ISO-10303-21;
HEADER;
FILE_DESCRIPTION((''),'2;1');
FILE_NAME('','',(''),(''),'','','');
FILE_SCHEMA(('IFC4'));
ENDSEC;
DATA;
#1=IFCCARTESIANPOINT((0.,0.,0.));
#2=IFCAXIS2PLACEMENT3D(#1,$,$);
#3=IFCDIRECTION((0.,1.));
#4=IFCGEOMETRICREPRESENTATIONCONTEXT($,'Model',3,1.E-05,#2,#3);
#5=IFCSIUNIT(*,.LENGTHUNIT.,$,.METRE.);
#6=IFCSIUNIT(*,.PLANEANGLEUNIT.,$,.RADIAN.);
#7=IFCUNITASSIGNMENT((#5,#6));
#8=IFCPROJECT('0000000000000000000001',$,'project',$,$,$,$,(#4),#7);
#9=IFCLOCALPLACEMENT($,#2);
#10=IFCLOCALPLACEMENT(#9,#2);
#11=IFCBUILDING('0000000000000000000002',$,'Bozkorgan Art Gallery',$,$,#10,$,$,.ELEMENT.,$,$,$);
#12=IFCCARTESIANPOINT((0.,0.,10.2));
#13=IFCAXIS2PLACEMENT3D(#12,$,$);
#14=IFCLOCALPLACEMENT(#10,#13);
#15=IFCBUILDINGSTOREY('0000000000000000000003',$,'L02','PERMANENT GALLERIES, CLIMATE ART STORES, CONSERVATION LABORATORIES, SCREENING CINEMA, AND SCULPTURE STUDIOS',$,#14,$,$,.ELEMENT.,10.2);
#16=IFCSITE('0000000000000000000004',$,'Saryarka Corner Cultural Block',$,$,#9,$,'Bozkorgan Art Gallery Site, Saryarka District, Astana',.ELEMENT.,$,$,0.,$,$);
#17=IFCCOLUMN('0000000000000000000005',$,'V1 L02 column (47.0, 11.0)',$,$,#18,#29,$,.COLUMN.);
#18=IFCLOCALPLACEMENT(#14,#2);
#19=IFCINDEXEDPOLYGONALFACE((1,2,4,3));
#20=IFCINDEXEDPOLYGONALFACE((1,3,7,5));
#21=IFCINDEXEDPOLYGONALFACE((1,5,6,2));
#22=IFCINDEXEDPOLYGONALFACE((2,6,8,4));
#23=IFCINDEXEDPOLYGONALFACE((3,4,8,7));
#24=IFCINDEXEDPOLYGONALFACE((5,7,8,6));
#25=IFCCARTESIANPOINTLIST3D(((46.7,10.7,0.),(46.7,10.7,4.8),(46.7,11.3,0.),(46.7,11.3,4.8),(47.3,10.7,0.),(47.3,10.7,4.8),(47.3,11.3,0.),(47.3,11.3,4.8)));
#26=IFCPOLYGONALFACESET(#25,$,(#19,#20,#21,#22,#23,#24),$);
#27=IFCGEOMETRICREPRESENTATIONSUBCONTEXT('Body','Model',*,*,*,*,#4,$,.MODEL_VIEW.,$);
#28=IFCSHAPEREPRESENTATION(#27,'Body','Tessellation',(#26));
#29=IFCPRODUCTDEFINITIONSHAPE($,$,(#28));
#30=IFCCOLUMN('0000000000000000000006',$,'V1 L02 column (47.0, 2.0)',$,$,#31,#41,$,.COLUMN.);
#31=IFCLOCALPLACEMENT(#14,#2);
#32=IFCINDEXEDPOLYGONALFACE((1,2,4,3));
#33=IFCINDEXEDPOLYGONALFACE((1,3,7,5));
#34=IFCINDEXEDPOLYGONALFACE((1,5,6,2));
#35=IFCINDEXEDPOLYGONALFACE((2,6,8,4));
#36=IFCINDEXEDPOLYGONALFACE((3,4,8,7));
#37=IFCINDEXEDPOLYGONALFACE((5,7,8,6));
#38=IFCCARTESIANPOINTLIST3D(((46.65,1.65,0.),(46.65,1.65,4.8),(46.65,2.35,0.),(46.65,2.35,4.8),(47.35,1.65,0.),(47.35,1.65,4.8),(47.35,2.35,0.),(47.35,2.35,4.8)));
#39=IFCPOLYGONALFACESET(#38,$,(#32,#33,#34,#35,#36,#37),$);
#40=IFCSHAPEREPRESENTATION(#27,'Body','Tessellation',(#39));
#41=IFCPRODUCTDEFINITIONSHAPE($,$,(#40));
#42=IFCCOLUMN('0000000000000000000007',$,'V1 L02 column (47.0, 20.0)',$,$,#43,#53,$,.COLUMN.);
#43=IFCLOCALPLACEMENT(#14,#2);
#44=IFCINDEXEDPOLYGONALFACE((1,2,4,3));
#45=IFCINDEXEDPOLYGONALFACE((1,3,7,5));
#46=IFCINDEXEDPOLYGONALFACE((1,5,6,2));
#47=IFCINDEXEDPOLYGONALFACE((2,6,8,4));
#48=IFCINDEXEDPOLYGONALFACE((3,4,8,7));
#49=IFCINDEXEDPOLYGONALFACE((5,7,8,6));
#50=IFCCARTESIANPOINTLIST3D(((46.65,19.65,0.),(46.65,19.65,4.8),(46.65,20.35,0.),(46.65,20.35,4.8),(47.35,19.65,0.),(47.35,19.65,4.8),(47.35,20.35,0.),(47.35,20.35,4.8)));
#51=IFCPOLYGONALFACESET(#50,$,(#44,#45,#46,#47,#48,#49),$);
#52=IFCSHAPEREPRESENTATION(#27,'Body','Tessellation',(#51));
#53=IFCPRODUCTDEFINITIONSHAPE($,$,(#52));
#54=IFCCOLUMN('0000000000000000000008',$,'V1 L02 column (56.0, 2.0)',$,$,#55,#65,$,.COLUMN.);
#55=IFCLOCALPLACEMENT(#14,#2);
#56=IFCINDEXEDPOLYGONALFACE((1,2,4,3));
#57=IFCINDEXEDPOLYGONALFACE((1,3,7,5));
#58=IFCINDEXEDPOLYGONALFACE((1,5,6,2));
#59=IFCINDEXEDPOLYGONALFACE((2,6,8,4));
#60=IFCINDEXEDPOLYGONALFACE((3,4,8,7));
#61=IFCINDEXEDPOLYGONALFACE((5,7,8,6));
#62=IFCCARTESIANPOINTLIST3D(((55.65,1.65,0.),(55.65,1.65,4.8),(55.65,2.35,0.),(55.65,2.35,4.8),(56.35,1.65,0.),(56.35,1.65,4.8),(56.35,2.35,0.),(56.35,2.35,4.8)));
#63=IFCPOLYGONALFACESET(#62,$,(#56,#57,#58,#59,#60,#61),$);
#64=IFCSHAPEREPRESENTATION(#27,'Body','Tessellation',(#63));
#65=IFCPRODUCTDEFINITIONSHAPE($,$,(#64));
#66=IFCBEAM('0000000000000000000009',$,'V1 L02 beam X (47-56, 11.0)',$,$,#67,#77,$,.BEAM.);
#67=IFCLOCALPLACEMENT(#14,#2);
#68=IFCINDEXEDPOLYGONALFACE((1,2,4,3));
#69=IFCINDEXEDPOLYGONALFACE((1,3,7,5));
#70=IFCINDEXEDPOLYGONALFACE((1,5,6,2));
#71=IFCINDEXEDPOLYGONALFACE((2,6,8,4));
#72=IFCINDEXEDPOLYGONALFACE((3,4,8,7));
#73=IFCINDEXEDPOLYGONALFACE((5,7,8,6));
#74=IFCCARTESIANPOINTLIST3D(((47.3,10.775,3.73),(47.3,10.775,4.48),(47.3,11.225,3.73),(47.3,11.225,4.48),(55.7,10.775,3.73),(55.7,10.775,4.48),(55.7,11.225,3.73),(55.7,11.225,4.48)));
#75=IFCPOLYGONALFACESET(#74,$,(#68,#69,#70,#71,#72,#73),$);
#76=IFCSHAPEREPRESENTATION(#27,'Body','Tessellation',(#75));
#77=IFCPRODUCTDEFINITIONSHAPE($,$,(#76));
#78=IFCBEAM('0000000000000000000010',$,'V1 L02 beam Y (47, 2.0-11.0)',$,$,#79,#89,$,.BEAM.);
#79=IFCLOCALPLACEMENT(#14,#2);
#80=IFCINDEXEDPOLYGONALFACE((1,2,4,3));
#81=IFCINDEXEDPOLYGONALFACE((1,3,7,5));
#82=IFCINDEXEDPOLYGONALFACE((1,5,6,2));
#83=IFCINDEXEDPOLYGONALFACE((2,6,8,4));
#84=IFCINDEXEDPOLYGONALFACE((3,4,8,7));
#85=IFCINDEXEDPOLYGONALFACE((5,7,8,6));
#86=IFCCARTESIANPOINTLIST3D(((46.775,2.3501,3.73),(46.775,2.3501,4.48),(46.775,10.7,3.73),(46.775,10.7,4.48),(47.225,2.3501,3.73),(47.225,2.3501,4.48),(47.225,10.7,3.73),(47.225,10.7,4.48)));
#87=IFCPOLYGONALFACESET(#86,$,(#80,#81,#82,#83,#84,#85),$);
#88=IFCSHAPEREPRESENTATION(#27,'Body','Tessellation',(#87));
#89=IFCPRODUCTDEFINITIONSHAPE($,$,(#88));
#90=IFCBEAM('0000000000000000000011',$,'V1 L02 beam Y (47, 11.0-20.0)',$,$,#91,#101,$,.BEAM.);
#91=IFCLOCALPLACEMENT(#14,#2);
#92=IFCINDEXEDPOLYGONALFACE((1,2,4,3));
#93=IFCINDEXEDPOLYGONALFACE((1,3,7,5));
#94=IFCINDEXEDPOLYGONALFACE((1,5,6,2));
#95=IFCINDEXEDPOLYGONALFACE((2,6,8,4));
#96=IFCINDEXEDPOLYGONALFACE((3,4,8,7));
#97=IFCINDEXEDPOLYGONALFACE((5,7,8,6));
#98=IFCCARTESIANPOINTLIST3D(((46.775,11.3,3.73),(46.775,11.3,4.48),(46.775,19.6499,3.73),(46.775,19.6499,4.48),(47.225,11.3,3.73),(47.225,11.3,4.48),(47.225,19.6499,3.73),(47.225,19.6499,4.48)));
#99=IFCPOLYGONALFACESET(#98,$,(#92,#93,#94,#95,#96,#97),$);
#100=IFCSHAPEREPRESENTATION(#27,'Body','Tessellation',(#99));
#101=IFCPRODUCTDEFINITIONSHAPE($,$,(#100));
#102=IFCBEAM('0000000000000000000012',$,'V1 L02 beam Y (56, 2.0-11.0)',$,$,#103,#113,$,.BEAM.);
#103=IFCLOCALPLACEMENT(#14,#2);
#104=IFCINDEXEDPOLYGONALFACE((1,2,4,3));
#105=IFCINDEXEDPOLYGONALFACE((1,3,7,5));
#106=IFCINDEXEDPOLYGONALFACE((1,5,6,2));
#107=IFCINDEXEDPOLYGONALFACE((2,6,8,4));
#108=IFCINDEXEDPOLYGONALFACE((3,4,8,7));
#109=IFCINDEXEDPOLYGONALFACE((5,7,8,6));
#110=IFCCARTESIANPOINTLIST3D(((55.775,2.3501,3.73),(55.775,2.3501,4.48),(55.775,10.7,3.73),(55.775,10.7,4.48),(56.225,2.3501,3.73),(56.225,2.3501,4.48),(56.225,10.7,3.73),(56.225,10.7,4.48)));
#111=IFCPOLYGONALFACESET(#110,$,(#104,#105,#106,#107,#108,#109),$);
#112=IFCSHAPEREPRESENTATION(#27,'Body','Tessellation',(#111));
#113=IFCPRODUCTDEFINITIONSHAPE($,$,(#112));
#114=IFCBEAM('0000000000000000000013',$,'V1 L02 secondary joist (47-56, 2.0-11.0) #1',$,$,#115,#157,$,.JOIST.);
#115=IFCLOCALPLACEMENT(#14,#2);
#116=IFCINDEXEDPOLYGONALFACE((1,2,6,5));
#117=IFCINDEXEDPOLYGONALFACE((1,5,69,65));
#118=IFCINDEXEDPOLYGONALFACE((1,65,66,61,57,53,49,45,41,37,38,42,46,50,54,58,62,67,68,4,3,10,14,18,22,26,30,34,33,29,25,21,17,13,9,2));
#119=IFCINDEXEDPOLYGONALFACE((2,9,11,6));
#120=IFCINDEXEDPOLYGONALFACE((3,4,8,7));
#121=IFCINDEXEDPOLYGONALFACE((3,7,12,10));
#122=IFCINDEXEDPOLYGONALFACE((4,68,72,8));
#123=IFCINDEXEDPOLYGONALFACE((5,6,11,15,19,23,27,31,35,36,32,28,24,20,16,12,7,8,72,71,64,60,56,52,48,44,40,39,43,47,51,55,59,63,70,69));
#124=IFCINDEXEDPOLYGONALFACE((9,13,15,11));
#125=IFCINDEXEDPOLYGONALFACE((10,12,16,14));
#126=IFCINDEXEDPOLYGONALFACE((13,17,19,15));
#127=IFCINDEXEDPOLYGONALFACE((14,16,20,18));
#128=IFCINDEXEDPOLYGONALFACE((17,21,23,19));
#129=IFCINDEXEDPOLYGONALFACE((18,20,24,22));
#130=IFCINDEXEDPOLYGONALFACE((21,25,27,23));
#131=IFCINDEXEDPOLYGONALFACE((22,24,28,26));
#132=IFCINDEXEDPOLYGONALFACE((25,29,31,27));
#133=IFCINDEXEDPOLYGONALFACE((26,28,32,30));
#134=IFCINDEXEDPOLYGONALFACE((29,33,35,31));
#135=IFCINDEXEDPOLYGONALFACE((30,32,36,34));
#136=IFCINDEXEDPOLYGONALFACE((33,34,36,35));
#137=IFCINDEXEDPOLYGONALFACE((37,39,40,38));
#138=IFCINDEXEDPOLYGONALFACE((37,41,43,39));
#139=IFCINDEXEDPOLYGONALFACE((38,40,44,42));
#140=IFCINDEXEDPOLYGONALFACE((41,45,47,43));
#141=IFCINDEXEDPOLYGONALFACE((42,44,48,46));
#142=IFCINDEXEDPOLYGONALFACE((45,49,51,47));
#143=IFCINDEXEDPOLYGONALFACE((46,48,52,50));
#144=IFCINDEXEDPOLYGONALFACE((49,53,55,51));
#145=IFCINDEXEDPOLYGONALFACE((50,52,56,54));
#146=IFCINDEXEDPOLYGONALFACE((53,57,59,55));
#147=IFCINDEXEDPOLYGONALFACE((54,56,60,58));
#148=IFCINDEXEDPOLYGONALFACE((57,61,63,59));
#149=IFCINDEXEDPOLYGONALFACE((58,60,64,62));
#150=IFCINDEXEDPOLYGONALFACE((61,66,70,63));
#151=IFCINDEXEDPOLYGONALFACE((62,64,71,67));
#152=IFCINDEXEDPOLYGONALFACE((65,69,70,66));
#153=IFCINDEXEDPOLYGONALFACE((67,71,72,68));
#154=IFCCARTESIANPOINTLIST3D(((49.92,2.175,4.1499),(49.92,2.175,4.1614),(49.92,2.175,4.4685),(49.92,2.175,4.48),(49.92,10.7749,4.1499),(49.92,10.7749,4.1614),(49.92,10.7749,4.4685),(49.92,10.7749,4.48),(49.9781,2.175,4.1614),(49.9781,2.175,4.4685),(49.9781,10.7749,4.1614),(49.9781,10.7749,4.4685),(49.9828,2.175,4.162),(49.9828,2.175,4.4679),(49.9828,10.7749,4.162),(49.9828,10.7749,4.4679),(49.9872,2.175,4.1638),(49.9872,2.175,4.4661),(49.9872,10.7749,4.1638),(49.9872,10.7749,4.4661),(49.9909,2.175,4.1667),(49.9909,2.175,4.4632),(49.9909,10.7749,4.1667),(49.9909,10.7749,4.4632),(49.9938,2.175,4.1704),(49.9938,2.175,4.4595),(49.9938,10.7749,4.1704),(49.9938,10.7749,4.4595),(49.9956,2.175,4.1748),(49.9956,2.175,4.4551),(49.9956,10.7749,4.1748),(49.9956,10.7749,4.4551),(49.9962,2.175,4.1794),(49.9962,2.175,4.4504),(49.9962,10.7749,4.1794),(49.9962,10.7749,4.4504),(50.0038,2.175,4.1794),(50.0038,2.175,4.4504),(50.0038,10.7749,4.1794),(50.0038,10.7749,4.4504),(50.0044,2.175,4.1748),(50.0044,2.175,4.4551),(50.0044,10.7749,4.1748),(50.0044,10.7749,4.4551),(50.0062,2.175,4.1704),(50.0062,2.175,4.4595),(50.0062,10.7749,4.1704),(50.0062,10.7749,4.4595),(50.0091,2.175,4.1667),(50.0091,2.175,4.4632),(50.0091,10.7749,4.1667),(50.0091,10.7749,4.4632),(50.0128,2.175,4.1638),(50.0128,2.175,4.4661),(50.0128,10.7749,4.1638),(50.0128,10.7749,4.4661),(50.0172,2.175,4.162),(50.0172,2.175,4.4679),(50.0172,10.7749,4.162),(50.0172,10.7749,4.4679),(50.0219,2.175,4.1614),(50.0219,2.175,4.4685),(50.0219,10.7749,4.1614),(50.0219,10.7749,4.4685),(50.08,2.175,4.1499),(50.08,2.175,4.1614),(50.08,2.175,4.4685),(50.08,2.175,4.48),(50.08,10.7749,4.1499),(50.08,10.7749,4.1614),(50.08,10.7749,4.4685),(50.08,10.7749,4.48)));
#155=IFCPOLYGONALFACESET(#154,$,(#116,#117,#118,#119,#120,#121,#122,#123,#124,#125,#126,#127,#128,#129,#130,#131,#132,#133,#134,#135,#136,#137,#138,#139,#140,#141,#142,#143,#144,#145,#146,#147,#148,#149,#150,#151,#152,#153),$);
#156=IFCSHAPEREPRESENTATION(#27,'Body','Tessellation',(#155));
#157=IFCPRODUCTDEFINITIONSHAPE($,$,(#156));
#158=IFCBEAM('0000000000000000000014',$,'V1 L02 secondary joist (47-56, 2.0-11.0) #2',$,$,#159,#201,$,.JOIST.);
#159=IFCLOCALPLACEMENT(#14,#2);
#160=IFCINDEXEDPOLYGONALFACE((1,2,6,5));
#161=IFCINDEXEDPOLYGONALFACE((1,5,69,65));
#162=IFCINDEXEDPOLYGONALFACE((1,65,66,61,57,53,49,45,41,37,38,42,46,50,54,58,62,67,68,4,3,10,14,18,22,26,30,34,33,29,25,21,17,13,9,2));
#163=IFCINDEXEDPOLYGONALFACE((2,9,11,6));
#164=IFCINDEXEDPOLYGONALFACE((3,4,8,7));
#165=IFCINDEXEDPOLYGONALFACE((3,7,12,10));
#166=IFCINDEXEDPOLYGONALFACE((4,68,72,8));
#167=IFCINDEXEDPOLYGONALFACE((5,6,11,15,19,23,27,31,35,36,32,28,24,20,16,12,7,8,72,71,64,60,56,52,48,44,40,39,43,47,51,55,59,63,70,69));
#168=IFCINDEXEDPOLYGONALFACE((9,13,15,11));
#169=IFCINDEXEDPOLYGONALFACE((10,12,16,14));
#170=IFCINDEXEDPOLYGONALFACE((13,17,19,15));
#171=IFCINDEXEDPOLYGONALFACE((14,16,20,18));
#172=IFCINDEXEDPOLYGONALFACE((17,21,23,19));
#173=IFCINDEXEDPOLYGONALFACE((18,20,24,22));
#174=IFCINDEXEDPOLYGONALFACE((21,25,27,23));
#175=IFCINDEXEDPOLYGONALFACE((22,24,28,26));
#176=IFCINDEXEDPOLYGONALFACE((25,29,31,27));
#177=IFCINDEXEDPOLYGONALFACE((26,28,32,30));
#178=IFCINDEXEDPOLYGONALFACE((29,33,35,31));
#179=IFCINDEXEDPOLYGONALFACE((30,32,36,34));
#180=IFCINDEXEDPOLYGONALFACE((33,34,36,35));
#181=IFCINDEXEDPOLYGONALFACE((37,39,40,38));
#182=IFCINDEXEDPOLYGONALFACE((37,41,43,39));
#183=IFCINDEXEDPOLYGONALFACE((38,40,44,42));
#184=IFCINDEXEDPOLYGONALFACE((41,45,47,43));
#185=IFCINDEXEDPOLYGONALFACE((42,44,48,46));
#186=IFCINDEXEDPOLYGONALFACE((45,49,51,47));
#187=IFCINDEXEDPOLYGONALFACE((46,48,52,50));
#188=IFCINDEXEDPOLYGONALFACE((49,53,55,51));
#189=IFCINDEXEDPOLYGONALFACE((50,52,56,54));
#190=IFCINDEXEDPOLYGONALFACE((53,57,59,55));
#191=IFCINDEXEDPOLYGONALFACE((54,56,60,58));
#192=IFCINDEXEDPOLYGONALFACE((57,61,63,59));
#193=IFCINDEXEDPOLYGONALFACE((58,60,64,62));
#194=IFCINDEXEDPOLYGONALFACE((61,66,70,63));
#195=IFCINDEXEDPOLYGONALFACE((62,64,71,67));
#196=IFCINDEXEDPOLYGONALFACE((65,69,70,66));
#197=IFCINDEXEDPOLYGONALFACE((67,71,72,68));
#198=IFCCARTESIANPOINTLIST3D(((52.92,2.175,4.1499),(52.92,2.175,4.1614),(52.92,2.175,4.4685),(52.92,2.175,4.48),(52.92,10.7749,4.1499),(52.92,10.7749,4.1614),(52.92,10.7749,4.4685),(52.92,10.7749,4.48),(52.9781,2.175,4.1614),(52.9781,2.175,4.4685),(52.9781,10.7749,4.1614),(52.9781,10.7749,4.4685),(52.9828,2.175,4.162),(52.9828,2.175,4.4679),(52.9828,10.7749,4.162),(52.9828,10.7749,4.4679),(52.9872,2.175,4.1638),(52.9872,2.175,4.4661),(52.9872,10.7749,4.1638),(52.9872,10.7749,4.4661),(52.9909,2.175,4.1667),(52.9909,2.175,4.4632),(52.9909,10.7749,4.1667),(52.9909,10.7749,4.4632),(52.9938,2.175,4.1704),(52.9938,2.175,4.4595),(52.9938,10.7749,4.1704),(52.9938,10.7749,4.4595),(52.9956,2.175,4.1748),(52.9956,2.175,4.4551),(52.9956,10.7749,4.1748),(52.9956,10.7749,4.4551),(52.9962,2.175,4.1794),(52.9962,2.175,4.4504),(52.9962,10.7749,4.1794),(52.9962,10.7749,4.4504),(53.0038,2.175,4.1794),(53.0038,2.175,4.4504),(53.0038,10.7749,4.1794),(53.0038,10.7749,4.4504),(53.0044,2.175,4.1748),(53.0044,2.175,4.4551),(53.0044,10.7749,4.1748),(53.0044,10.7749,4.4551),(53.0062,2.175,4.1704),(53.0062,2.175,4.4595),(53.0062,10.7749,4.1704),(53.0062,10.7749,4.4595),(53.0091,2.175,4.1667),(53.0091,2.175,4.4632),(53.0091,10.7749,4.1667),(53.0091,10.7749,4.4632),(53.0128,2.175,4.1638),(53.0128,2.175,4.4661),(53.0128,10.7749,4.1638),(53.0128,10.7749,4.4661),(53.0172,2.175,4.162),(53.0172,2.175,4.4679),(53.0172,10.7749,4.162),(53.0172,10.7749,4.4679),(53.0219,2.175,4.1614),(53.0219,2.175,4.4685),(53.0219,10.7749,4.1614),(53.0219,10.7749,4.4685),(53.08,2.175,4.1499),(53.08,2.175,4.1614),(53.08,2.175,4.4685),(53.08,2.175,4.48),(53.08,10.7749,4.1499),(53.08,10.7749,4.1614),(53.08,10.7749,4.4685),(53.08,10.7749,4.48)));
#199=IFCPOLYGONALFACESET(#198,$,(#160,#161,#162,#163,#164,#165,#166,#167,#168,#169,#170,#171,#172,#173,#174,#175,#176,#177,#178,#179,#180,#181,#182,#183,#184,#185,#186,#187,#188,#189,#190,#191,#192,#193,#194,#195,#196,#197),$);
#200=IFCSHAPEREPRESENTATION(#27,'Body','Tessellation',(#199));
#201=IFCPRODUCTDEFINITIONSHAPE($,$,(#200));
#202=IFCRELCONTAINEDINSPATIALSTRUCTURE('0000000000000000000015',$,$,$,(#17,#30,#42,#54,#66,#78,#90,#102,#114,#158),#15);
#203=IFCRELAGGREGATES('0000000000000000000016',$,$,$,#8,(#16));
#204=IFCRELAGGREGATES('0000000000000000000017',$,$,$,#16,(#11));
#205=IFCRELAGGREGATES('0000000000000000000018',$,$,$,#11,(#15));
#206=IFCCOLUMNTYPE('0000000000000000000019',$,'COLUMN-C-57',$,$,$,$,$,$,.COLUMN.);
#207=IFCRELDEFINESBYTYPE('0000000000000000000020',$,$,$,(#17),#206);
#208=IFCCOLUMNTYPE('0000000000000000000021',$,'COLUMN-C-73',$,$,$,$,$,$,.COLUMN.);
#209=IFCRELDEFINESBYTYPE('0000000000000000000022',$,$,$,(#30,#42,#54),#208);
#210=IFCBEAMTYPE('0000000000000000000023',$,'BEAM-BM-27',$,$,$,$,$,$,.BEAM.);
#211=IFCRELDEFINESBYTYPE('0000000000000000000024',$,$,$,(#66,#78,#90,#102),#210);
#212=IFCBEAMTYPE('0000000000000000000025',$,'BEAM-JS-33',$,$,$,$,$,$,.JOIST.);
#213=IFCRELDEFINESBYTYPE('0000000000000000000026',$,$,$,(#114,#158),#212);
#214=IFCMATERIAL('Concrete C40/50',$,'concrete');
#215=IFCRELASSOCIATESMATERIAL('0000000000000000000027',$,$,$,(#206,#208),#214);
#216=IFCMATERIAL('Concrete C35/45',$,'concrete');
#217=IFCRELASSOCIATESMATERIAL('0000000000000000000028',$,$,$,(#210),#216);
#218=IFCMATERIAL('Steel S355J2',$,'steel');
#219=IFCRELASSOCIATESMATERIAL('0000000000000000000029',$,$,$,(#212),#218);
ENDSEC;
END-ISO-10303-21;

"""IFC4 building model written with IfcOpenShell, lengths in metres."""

from ifc_helpers import new_model, si_unit, direction, frame, origin, origin_2d, place, context, subcontext, project, spatial, rectangle, i_section, extrude, material, material_profile, profile_set, type_object, element, save


model = new_model("IFC4")

# Units and contexts
model_context = context("Model", 3, precision=1e-05, world=origin(), true_north=direction((0.0, 1.0)))
body_context = subcontext(model_context, "Body", "Model", "MODEL_VIEW")
ifc_project = project(units=[si_unit("LENGTHUNIT", "METRE"), si_unit("PLANEANGLEUNIT", "RADIAN")], contexts=[model_context])

# Site, building, storey
site_placement = place(None, origin())
site = spatial("IfcSite", under=ifc_project, at=site_placement, Name="Saryarka Corner Cultural Block", LongName="Bozkorgan Art Gallery Site, Saryarka District, Astana", CompositionType="ELEMENT", RefElevation=0.0)
building_placement = place(site_placement, origin())
building = spatial("IfcBuilding", under=site, at=building_placement, Name="Bozkorgan Art Gallery", CompositionType="ELEMENT")
storey_placement = place(building_placement, frame((0.0, 0.0, 10.2)))
storey = spatial("IfcBuildingStorey", under=building, at=storey_placement, Name="L02", Description="PERMANENT GALLERIES, CLIMATE ART STORES, CONSERVATION LABORATORIES, SCREENING CINEMA, AND SCULPTURE STUDIOS", CompositionType="ELEMENT", Elevation=10.2)

# Columns
ifc_material_1 = material(Name="Concrete C40/50", Category="concrete")
ifc_material_profile_1 = material_profile(ifc_material_1, rectangle(XDim=0.6001, YDim=0.6001, at=origin_2d()), Name="RC 600x600")
ifc_profile_set_1 = profile_set([ifc_material_profile_1], Name="Concrete C40/50")
column_type_1 = type_object("IfcColumnType", Name="COLUMN-C-57", PredefinedType="COLUMN", material=ifc_profile_set_1)
column_placement = place(storey_placement, frame((47.0, 11.0, 0.0), z_axis=(0.0, 0.0, 1.0), x_axis=(1.0, 0.0, 0.0)))
element("IfcColumn", 1, at=column_placement, inside=storey, type_object=column_type_1, Name="V1 L02 column (47.0, 11.0)", PredefinedType="COLUMN", context=body_context, shape_type="SweptSolid", body=[
    extrude(rectangle(XDim=0.6001, YDim=0.6001, at=origin_2d()), origin(), (0.0, 0.0, 1.0), 4.8),
])
ifc_material_profile_2 = material_profile(ifc_material_1, rectangle(XDim=0.7, YDim=0.7, at=origin_2d()), Name="RC 700x700")
ifc_profile_set_2 = profile_set([ifc_material_profile_2], Name="Concrete C40/50")
column_type_2 = type_object("IfcColumnType", Name="COLUMN-C-73", PredefinedType="COLUMN", material=ifc_profile_set_2)
for number, where, z_axis, x_axis, name in (
    (2, (47.0, 2.0, 0.0), (0.0, 0.0, 1.0), (1.0, 0.0, 0.0), "V1 L02 column (47.0, 2.0)"),
    (3, (47.0, 20.0, 0.0), (0.0, 0.0, 1.0), (1.0, 0.0, 0.0), "V1 L02 column (47.0, 20.0)"),
    (4, (56.0, 2.0, 0.0), (0.0, 0.0, 1.0), (1.0, 0.0, 0.0), "V1 L02 column (56.0, 2.0)"),
):
    element("IfcColumn", number, at=place(storey_placement, frame(where, z_axis=z_axis, x_axis=x_axis)), inside=storey, type_object=column_type_2, Name=name, PredefinedType="COLUMN", context=body_context, shape_type="SweptSolid", body=[
        extrude(rectangle(XDim=0.7, YDim=0.7, at=origin_2d()), origin(), (0.0, 0.0, 1.0), 4.8),
    ])

# Beams
ifc_material_2 = material(Name="Concrete C35/45", Category="concrete")
ifc_material_profile_3 = material_profile(ifc_material_2, rectangle(XDim=0.45, YDim=0.75, at=origin_2d()), Name="RC 450x750")
ifc_profile_set_3 = profile_set([ifc_material_profile_3], Name="Concrete C35/45")
beam_type_1 = type_object("IfcBeamType", Name="BEAM-BM-27", PredefinedType="BEAM", material=ifc_profile_set_3)
beam_placement = place(storey_placement, frame((47.3, 11.0, 4.105), z_axis=(1.0, 0.0, 0.0), x_axis=(0.0, 1.0, 0.0)))
element("IfcBeam", 5, at=beam_placement, inside=storey, type_object=beam_type_1, Name="V1 L02 beam X (47-56, 11.0)", PredefinedType="BEAM", context=body_context, shape_type="SweptSolid", body=[
    extrude(rectangle(XDim=0.45, YDim=0.75, at=origin_2d()), origin(), (0.0, 0.0, 1.0), 8.3999),
])
for number, where, z_axis, x_axis, name in (
    (6, (47.0, 2.3501, 4.105), (0.0, 1.0, 0.0), (-1.0, 0.0, 0.0), "V1 L02 beam Y (47, 2.0-11.0)"),
    (7, (47.0, 11.3, 4.105), (0.0, 1.0, 0.0), (-1.0, 0.0, 0.0), "V1 L02 beam Y (47, 11.0-20.0)"),
    (8, (56.0, 2.3501, 4.105), (0.0, 1.0, 0.0), (-1.0, 0.0, 0.0), "V1 L02 beam Y (56, 2.0-11.0)"),
):
    element("IfcBeam", number, at=place(storey_placement, frame(where, z_axis=z_axis, x_axis=x_axis)), inside=storey, type_object=beam_type_1, Name=name, PredefinedType="BEAM", context=body_context, shape_type="SweptSolid", body=[
        extrude(rectangle(XDim=0.45, YDim=0.75, at=origin_2d()), origin(), (0.0, 0.0, 1.0), 8.3499),
    ])
ifc_material_3 = material(Name="Steel S355J2", Category="steel")
ifc_material_profile_4 = material_profile(ifc_material_3, i_section(OverallWidth=0.1599, OverallDepth=0.3301, WebThickness=0.0076, FlangeThickness=0.0115, FilletRadius=0.0181, at=origin_2d()), Name="IPE 330")
ifc_profile_set_4 = profile_set([ifc_material_profile_4], Name="Steel S355J2")
beam_type_2 = type_object("IfcBeamType", Name="BEAM-JS-33", PredefinedType="JOIST", material=ifc_profile_set_4)
for number, where, z_axis, x_axis, name in (
    (9, (50.0, 2.175, 4.3149), (0.0, 1.0, 0.0), (-1.0, 0.0, 0.0), "V1 L02 secondary joist (47-56, 2.0-11.0) #1"),
    (10, (53.0, 2.175, 4.3149), (0.0, 1.0, 0.0), (-1.0, 0.0, 0.0), "V1 L02 secondary joist (47-56, 2.0-11.0) #2"),
):
    element("IfcBeam", number, at=place(storey_placement, frame(where, z_axis=z_axis, x_axis=x_axis)), inside=storey, type_object=beam_type_2, Name=name, PredefinedType="JOIST", context=body_context, shape_type="SweptSolid", body=[
        extrude(i_section(OverallWidth=0.1599, OverallDepth=0.3301, WebThickness=0.0076, FlangeThickness=0.0115, FilletRadius=0.0181, at=origin_2d()), origin(), (0.0, 0.0, 1.0), 8.5999),
    ])

save(model, "model.ifc")
